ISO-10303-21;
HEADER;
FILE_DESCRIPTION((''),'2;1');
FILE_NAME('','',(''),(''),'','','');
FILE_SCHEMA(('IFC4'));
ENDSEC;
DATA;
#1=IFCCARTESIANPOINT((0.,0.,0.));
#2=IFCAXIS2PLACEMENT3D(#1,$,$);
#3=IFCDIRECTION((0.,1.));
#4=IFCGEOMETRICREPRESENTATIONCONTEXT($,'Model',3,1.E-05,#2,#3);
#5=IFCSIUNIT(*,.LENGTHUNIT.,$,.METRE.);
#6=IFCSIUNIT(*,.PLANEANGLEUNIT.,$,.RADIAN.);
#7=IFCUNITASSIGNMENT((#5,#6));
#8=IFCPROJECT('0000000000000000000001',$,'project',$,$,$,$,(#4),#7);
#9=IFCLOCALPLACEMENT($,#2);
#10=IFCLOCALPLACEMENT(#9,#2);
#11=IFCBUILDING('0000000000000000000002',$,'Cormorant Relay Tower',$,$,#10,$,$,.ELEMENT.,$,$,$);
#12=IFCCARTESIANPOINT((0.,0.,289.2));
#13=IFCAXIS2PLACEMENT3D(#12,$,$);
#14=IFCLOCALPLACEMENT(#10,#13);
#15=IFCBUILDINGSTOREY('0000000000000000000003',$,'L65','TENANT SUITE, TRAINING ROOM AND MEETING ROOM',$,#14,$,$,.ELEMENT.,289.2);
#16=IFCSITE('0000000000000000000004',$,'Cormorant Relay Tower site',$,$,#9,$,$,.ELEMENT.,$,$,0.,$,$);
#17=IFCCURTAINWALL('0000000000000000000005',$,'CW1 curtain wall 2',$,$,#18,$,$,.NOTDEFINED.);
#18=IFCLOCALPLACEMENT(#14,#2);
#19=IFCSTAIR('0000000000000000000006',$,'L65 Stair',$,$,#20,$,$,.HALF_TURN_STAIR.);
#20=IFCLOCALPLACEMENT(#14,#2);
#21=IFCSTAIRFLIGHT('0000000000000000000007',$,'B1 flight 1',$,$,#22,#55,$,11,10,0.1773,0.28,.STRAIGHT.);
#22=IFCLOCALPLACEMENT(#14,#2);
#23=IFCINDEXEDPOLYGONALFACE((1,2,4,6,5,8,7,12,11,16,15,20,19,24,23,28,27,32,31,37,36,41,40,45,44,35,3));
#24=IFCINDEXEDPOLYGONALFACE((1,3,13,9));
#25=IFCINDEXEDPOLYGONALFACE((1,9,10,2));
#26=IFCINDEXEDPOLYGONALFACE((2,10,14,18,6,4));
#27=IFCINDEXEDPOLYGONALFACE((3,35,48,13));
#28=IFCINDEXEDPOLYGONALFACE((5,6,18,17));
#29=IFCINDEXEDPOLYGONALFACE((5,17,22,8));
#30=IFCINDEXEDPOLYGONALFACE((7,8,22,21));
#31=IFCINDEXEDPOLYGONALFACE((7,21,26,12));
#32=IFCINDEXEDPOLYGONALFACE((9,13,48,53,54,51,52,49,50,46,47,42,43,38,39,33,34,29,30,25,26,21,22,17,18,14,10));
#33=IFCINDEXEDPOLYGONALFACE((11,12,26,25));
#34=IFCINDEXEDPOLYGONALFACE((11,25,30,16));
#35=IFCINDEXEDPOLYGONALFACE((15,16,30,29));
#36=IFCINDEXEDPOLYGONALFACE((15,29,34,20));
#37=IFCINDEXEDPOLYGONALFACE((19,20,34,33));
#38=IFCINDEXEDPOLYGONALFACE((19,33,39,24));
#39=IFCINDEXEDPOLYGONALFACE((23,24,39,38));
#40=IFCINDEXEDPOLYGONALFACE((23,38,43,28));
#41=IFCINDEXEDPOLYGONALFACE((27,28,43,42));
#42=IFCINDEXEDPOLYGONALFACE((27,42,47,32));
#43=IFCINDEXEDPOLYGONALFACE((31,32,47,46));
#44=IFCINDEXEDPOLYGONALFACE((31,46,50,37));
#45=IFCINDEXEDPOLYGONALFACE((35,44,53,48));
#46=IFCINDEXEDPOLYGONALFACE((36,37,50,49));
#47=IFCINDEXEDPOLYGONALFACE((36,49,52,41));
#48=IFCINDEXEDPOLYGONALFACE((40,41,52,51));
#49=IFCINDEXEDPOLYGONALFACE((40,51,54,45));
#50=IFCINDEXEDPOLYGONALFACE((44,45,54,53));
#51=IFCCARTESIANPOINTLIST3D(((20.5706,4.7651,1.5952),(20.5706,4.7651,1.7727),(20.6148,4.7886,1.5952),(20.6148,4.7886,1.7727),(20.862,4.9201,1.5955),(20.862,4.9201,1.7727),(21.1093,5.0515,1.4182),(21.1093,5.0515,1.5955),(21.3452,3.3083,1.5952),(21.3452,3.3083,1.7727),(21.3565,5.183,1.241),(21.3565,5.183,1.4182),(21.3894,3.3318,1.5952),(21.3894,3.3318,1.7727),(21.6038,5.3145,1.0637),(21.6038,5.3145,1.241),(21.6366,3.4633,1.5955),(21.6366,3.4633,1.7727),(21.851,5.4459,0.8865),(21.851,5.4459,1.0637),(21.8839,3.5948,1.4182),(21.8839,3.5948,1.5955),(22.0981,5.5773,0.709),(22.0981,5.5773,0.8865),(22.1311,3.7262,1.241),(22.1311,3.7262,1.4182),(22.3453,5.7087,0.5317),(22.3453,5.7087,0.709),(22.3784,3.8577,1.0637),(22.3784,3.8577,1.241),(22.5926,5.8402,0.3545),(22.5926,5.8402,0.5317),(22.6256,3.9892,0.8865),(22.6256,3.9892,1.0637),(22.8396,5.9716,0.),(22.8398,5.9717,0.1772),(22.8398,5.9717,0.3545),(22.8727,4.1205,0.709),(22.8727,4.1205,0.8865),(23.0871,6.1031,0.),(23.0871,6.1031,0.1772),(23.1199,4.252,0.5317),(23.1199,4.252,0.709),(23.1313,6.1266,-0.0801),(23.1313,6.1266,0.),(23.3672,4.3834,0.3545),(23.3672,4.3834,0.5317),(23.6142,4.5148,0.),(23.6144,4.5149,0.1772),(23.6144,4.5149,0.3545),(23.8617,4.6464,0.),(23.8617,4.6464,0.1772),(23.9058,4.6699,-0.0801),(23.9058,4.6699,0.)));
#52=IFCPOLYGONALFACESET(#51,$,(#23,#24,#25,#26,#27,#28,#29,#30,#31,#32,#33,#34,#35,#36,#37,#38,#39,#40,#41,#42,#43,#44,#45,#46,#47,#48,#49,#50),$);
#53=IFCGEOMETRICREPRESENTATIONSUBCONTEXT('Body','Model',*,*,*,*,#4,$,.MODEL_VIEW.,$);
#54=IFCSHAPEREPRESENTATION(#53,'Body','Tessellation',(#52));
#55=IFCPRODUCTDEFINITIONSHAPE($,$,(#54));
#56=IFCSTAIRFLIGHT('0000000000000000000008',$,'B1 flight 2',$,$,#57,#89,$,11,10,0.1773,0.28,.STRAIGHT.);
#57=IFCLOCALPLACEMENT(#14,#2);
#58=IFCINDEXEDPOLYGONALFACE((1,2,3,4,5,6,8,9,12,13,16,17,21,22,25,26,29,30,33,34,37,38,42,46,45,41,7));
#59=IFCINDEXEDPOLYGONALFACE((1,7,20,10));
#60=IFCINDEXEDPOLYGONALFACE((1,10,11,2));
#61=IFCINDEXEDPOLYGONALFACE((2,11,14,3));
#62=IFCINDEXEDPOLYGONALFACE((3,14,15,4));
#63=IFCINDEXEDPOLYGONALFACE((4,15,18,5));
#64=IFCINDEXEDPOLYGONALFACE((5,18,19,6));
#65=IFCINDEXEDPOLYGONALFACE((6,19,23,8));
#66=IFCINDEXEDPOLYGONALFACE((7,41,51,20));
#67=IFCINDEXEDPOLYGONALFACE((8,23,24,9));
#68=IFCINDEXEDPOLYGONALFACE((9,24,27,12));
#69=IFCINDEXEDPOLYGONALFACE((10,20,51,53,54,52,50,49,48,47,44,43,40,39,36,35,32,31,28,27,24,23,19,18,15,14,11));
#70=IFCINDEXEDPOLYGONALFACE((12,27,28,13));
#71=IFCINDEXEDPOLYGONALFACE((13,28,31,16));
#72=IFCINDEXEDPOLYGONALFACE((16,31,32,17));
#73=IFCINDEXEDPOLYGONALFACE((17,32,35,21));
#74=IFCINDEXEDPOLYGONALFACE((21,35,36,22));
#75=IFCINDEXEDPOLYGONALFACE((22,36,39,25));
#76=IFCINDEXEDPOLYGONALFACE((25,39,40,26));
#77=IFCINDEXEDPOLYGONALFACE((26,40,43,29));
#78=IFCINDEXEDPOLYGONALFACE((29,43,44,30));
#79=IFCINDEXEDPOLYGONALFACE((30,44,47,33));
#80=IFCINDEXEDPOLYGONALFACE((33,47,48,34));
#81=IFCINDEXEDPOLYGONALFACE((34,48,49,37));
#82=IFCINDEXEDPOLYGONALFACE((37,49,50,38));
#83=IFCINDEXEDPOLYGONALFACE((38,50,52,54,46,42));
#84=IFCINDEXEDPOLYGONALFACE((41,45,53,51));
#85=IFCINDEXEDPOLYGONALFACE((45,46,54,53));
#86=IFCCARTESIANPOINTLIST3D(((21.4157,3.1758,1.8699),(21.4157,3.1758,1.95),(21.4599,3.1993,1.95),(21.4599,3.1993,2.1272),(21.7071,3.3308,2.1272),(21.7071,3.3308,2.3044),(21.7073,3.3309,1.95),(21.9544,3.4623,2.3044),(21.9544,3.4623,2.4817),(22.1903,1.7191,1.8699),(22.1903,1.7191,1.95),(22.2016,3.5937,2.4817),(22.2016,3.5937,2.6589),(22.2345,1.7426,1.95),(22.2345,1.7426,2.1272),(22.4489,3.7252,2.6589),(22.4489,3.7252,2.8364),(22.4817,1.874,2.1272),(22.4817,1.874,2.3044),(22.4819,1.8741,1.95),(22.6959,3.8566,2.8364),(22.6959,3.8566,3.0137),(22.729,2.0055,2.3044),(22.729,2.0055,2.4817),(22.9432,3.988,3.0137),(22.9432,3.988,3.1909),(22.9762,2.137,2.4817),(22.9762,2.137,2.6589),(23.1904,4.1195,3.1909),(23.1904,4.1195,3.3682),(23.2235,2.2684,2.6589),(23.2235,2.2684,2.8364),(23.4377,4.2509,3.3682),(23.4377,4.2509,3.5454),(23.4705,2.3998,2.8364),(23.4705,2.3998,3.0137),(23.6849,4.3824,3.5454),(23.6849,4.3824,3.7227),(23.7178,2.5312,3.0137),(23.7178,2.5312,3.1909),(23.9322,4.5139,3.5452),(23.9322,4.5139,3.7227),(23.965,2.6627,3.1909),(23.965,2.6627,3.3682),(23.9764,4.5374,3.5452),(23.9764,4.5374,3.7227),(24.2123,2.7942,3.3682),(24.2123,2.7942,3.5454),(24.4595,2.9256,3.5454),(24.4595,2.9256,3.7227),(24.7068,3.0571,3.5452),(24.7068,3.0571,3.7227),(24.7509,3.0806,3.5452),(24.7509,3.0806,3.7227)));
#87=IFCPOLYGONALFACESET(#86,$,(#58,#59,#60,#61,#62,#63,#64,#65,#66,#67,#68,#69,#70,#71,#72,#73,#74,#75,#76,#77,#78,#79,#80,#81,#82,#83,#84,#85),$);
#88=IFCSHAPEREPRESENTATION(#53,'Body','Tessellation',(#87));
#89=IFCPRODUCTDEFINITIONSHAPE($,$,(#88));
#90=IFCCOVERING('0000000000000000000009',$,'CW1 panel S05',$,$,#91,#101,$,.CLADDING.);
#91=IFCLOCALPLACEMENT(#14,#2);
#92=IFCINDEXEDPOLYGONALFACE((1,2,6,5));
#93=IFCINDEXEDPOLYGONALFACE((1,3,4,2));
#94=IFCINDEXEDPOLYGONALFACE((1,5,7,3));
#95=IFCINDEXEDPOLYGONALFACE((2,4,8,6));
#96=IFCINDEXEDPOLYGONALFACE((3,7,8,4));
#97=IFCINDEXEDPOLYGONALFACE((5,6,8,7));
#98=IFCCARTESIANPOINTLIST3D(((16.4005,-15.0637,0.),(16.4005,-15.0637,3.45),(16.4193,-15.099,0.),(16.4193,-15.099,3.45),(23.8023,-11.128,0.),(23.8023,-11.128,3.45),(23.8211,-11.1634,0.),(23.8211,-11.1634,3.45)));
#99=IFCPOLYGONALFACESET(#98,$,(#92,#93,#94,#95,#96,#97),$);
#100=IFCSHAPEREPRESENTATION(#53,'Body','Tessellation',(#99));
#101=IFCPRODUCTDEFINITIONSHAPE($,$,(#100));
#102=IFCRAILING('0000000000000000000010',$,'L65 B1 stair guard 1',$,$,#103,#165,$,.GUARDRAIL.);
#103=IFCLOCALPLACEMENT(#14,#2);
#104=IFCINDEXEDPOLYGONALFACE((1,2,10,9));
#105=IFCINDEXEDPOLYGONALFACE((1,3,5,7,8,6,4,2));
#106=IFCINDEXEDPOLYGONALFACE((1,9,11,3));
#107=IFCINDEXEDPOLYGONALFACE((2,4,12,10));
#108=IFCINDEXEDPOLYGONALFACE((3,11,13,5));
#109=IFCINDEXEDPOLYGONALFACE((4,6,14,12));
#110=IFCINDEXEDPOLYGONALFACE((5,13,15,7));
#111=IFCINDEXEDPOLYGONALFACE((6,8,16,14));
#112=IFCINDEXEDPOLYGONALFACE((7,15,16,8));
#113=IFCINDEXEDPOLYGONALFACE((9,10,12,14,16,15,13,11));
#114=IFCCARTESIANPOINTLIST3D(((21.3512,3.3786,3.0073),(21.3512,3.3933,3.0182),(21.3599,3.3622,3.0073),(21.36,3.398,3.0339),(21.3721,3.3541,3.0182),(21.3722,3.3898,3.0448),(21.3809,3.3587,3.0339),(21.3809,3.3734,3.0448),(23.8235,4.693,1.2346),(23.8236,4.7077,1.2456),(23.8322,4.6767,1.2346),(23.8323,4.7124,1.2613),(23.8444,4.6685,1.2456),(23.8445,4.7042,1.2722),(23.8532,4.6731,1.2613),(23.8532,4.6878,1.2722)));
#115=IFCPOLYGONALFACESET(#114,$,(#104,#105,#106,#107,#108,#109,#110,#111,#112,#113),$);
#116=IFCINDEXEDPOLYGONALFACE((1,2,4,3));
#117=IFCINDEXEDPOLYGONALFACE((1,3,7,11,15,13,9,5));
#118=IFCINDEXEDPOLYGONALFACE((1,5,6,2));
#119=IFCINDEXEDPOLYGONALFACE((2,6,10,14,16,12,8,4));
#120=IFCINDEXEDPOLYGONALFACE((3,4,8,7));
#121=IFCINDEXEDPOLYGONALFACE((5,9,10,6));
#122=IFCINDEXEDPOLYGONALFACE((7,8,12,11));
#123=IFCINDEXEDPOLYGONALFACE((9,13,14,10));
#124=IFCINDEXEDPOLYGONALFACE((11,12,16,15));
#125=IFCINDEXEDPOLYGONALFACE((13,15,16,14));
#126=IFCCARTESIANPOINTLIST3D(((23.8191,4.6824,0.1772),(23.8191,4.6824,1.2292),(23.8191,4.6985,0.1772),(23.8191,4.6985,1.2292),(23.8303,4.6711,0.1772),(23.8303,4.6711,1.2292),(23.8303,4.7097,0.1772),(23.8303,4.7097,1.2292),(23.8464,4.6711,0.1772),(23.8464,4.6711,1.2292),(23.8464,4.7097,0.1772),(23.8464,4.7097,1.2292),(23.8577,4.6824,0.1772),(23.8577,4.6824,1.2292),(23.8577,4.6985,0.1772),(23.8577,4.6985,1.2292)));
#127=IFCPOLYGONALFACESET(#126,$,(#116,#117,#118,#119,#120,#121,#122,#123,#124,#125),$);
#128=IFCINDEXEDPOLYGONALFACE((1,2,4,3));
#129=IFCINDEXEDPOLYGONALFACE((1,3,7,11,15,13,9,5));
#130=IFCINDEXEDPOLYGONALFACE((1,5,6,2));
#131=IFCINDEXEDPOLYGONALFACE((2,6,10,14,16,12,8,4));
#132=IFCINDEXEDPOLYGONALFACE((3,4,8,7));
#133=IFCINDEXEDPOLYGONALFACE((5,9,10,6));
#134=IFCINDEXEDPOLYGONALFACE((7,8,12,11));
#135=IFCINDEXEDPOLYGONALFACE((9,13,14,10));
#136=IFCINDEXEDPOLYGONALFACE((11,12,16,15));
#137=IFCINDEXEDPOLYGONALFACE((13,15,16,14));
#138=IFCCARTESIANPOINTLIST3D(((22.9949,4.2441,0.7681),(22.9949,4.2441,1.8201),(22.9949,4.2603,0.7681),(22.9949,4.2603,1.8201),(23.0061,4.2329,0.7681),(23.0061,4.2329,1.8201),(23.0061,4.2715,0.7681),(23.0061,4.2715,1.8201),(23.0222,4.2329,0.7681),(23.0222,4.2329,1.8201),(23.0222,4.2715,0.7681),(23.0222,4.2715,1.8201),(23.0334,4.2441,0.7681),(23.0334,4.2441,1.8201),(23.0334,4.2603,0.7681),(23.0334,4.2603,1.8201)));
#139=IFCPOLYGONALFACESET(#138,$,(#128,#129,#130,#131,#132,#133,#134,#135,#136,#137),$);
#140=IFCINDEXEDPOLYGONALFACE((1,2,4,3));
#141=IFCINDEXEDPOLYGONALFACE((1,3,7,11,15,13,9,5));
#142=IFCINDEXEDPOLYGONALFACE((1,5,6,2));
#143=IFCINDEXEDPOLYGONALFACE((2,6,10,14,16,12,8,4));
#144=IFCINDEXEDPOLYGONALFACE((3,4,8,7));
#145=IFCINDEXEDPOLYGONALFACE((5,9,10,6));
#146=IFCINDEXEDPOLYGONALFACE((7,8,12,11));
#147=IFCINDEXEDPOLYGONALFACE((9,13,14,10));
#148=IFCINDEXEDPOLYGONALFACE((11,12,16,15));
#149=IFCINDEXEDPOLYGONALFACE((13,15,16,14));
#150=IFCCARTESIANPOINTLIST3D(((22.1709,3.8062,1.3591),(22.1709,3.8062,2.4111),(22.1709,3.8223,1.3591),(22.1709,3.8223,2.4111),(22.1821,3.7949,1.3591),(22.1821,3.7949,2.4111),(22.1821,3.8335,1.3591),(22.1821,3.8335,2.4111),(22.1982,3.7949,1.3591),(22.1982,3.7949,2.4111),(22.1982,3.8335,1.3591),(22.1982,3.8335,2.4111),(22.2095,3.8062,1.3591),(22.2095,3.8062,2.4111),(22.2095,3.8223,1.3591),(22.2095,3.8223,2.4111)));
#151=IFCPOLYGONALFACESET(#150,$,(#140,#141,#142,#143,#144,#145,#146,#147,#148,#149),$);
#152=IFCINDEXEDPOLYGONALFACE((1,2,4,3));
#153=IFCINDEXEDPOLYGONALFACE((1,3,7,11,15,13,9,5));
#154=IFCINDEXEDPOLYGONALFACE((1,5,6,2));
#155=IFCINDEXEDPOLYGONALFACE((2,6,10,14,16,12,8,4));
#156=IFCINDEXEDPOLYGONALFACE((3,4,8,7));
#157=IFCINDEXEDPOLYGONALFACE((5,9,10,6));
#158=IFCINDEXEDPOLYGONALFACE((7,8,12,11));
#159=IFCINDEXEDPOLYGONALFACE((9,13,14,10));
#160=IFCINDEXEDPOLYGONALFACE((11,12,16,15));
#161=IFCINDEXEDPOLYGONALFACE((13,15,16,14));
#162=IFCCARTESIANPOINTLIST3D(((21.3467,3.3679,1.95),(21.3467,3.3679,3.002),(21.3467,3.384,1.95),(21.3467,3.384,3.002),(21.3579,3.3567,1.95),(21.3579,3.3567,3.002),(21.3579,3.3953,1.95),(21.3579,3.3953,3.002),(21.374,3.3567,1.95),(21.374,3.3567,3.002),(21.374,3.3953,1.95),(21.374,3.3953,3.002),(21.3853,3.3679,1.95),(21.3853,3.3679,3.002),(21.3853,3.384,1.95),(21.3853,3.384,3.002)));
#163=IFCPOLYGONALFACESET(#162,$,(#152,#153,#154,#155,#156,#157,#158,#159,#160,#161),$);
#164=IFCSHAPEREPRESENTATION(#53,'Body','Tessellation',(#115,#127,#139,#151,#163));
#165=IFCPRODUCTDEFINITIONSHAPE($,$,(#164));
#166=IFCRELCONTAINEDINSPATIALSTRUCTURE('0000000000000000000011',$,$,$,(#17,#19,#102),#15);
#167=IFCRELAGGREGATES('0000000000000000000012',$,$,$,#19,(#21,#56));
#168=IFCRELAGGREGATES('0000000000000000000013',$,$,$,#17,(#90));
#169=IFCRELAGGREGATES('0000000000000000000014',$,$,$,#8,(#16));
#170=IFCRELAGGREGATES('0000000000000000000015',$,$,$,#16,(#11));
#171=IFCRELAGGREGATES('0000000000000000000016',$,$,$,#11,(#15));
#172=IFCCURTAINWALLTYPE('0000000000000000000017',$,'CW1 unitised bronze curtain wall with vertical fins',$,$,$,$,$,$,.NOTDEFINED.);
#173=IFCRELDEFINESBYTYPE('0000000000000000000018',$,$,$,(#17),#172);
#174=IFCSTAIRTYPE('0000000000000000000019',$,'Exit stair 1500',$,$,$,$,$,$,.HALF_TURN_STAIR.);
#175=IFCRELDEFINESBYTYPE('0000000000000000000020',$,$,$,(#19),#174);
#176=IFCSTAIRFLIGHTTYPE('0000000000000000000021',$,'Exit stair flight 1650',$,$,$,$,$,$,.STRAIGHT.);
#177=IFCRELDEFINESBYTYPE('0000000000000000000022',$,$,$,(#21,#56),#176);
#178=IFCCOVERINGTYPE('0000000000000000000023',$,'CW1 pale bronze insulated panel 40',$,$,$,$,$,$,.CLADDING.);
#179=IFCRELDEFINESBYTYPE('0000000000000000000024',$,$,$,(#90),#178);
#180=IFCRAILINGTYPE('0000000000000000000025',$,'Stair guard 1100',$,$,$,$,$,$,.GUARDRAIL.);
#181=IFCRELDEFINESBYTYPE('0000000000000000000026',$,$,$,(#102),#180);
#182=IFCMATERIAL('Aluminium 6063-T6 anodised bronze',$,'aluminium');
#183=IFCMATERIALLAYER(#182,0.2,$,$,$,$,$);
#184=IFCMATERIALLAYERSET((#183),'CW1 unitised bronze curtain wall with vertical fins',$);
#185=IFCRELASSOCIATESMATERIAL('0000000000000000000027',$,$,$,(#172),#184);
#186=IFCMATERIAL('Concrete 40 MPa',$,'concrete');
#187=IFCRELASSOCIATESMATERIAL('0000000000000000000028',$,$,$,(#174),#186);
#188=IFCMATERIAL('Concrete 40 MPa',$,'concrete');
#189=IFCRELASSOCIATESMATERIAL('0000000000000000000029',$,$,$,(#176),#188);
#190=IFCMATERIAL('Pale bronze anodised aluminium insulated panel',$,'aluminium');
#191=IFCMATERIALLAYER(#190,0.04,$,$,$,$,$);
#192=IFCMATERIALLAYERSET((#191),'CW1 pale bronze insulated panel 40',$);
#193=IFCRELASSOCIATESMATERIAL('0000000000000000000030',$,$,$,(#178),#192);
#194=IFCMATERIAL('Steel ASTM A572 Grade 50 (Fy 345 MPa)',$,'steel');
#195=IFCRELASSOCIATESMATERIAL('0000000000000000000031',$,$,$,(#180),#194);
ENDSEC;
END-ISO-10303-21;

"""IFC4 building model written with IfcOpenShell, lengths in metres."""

from ifc_helpers import new_model, si_unit, direction, frame, origin, origin_2d, place, context, subcontext, project, spatial, polyline, rectangle, outline, extrude, material, layer, layer_set, type_object, element, aggregate, save


model = new_model("IFC4")

# Units and contexts
model_context = context("Model", 3, precision=1e-05, world=origin(), true_north=direction((0.0, 1.0)))
body_context = subcontext(model_context, "Body", "Model", "MODEL_VIEW")
ifc_project = project(units=[si_unit("LENGTHUNIT", "METRE"), si_unit("PLANEANGLEUNIT", "RADIAN")], contexts=[model_context])

# Site, building, storey
site_placement = place(None, origin())
site = spatial("IfcSite", under=ifc_project, at=site_placement, Name="Cormorant Relay Tower site", CompositionType="ELEMENT", RefElevation=0.0)
building_placement = place(site_placement, origin())
building = spatial("IfcBuilding", under=site, at=building_placement, Name="Cormorant Relay Tower", CompositionType="ELEMENT")
storey_placement = place(building_placement, frame((0.0, 0.0, 289.2)))
storey = spatial("IfcBuildingStorey", under=building, at=storey_placement, Name="L65", Description="TENANT SUITE, TRAINING ROOM AND MEETING ROOM", CompositionType="ELEMENT", Elevation=289.2)

# Curtain wall
ifc_material_1 = material(Name="Aluminium 6063-T6 anodised bronze", Category="aluminium")
ifc_layer_1 = layer(ifc_material_1, 0.2)
ifc_layer_set_1 = layer_set([ifc_layer_1], Name="CW1 unitised bronze curtain wall with vertical fins")
curtain_wall_type = type_object("IfcCurtainWallType", Name="CW1 unitised bronze curtain wall with vertical fins", PredefinedType="NOTDEFINED", material=ifc_layer_set_1)
curtain_wall_placement = place(storey_placement, origin())
curtain_wall = element("IfcCurtainWall", 1, at=curtain_wall_placement, inside=storey, type_object=curtain_wall_type, Name="CW1 curtain wall 2", PredefinedType="NOTDEFINED")

# Stair, stair flights
ifc_material_2 = material(Name="Concrete 40 MPa", Category="concrete")
stair_type = type_object("IfcStairType", Name="Exit stair 1500", PredefinedType="HALF_TURN_STAIR", material=ifc_material_2)
stair_placement = place(storey_placement, origin())
stair = element("IfcStair", 2, at=stair_placement, inside=storey, type_object=stair_type, Name="L65 Stair", PredefinedType="HALF_TURN_STAIR")
ifc_material_3 = material(Name="Concrete 40 MPa", Category="concrete")
stair_flight_type = type_object("IfcStairFlightType", Name="Exit stair flight 1650", PredefinedType="STRAIGHT", material=ifc_material_3)
stair_flight_1_placement = place(storey_placement, frame((23.4744, 5.3748, 0.0), z_axis=(0.0, 0.0, 1.0), x_axis=(-0.882948, -0.469472, 0.0)))
stair_flight_1 = element("IfcStairFlight", 3, at=stair_flight_1_placement, type_object=stair_flight_type, Name="B1 flight 1", NumberOfRisers=11, NumberOfTreads=10, PredefinedType="STRAIGHT", RiserHeight=0.1773, TreadLength=0.28, context=body_context, shape_type="SweptSolid", body=[
    extrude(outline(polyline([(-0.05, -0.0801), (-0.05, 0.0), (0.0, 0.0), (0.0, 0.1772), (0.28, 0.1772), (0.28, 0.3545), (0.5601, 0.3545), (0.5601, 0.5317), (0.8401, 0.5317), (0.8401, 0.709), (1.1201, 0.709), (1.1201, 0.8865), (1.3999, 0.8865), (1.3999, 1.0637), (1.6799, 1.0637), (1.6799, 1.241), (1.96, 1.241), (1.96, 1.4182), (2.24, 1.4182), (2.24, 1.5955), (2.52, 1.5955), (2.52, 1.7727), (2.8, 1.7727), (2.8501, 1.7727), (2.8501, 1.5952), (2.8, 1.5952), (0.2803, 0.0), (-0.05, -0.0801)])), frame((0.0, 0.825, 0.0), z_axis=(0.0, -1.0, 0.0), x_axis=(1.0, 0.0, 0.0)), (0.0, 0.0, 1.0), 1.6499),
])
stair_flight_2_placement = place(storey_placement, frame((21.8472, 2.4709, 1.95), z_axis=(0.0, 0.0, 1.0), x_axis=(0.882948, 0.469472, 0.0)))
stair_flight_2 = element("IfcStairFlight", 4, at=stair_flight_2_placement, type_object=stair_flight_type, Name="B1 flight 2", NumberOfRisers=11, NumberOfTreads=10, PredefinedType="STRAIGHT", RiserHeight=0.1773, TreadLength=0.28, context=body_context, shape_type="SweptSolid", body=[
    extrude(outline(polyline([(-0.05, -0.0801), (-0.05, 0.0), (0.0, 0.0), (0.0, 0.1772), (0.28, 0.1772), (0.28, 0.3545), (0.5601, 0.3545), (0.5601, 0.5317), (0.8401, 0.5317), (0.8401, 0.709), (1.1201, 0.709), (1.1201, 0.8865), (1.3999, 0.8865), (1.3999, 1.0637), (1.6799, 1.0637), (1.6799, 1.241), (1.96, 1.241), (1.96, 1.4182), (2.24, 1.4182), (2.24, 1.5955), (2.52, 1.5955), (2.52, 1.7727), (2.8, 1.7727), (2.8501, 1.7727), (2.8501, 1.5952), (2.8, 1.5952), (0.2803, 0.0), (-0.05, -0.0801)])), frame((0.0, 0.825, 0.0), z_axis=(0.0, -1.0, 0.0), x_axis=(1.0, 0.0, 0.0)), (0.0, 0.0, 1.0), 1.6499),
])
aggregate(stair, [stair_flight_1, stair_flight_2])

# Covering
ifc_material_4 = material(Name="Pale bronze anodised aluminium insulated panel", Category="aluminium")
ifc_layer_2 = layer(ifc_material_4, 0.04)
ifc_layer_set_2 = layer_set([ifc_layer_2], Name="CW1 pale bronze insulated panel 40")
covering_type = type_object("IfcCoveringType", Name="CW1 pale bronze insulated panel 40", PredefinedType="CLADDING", material=ifc_layer_set_2)
covering_placement = place(storey_placement, frame((20.1108, -13.1135, 0.0), z_axis=(0.0, 0.0, 1.0), x_axis=(0.882948, 0.469472, 0.0)))
covering = element("IfcCovering", 5, at=covering_placement, type_object=covering_type, Name="CW1 panel S05", PredefinedType="CLADDING", context=body_context, shape_type="SweptSolid", body=[
    extrude(rectangle(XDim=8.3831, YDim=0.04, at=origin_2d()), origin(), (0.0, 0.0, 1.0), 3.45),
])
aggregate(curtain_wall, [covering])

# Railing
ifc_material_5 = material(Name="Steel ASTM A572 Grade 50 (Fy 345 MPa)", Category="steel")
railing_type_1 = type_object("IfcRailingType", Name="Stair guard 1100", PredefinedType="GUARDRAIL", material=ifc_material_5)
railing_1_placement = place(storey_placement, frame((23.8384, 4.6904, 0.1772)))
element("IfcRailing", 6, at=railing_1_placement, inside=storey, type_object=railing_type_1, Name="L65 B1 stair guard 1", PredefinedType="GUARDRAIL", context=body_context, shape_type="SweptSolid", body=[
    extrude(outline(polyline([(0.0222, 0.0093), (0.0093, 0.0222), (-0.0093, 0.0222), (-0.0222, 0.0093), (-0.0222, -0.0093), (-0.0093, -0.0222), (0.0093, -0.0222), (0.0222, -0.0093), (0.0222, 0.0093)])), frame((0.0, 0.0, 1.0762), z_axis=(-0.746034, -0.396627, 0.534902), x_axis=(0.469429, -0.88297, 0.0)), (0.0, 0.0, 1.0), 3.314),
    extrude(outline(polyline([(0.0193, 0.0081), (0.0081, 0.0193), (-0.0081, 0.0193), (-0.0193, 0.0081), (-0.0193, -0.0081), (-0.0081, -0.0193), (0.0081, -0.0193), (0.0193, -0.0081), (0.0193, 0.0081)])), origin(), (0.0, 0.0, 1.0), 1.052),
    extrude(outline(polyline([(0.0193, 0.0081), (0.0081, 0.0193), (-0.0081, 0.0193), (-0.0193, 0.0081), (-0.0193, -0.0081), (-0.0081, -0.0193), (0.0081, -0.0193), (0.0193, -0.0081), (0.0193, 0.0081)])), frame((-0.8242, -0.4382, 0.5908)), (0.0, 0.0, 1.0), 1.052),
    extrude(outline(polyline([(0.0193, 0.0081), (0.0081, 0.0193), (-0.0081, 0.0193), (-0.0193, 0.0081), (-0.0193, -0.0081), (-0.0081, -0.0193), (0.0081, -0.0193), (0.0193, -0.0081), (0.0193, 0.0081)])), frame((-1.6482, -0.8762, 1.1819)), (0.0, 0.0, 1.0), 1.052),
    extrude(outline(polyline([(0.0193, 0.0081), (0.0081, 0.0193), (-0.0081, 0.0193), (-0.0193, 0.0081), (-0.0193, -0.0081), (-0.0081, -0.0193), (0.0081, -0.0193), (0.0193, -0.0081), (0.0193, 0.0081)])), frame((-2.4724, -1.3145, 1.7727)), (0.0, 0.0, 1.0), 1.052),
])

save(model, "model.ifc")
